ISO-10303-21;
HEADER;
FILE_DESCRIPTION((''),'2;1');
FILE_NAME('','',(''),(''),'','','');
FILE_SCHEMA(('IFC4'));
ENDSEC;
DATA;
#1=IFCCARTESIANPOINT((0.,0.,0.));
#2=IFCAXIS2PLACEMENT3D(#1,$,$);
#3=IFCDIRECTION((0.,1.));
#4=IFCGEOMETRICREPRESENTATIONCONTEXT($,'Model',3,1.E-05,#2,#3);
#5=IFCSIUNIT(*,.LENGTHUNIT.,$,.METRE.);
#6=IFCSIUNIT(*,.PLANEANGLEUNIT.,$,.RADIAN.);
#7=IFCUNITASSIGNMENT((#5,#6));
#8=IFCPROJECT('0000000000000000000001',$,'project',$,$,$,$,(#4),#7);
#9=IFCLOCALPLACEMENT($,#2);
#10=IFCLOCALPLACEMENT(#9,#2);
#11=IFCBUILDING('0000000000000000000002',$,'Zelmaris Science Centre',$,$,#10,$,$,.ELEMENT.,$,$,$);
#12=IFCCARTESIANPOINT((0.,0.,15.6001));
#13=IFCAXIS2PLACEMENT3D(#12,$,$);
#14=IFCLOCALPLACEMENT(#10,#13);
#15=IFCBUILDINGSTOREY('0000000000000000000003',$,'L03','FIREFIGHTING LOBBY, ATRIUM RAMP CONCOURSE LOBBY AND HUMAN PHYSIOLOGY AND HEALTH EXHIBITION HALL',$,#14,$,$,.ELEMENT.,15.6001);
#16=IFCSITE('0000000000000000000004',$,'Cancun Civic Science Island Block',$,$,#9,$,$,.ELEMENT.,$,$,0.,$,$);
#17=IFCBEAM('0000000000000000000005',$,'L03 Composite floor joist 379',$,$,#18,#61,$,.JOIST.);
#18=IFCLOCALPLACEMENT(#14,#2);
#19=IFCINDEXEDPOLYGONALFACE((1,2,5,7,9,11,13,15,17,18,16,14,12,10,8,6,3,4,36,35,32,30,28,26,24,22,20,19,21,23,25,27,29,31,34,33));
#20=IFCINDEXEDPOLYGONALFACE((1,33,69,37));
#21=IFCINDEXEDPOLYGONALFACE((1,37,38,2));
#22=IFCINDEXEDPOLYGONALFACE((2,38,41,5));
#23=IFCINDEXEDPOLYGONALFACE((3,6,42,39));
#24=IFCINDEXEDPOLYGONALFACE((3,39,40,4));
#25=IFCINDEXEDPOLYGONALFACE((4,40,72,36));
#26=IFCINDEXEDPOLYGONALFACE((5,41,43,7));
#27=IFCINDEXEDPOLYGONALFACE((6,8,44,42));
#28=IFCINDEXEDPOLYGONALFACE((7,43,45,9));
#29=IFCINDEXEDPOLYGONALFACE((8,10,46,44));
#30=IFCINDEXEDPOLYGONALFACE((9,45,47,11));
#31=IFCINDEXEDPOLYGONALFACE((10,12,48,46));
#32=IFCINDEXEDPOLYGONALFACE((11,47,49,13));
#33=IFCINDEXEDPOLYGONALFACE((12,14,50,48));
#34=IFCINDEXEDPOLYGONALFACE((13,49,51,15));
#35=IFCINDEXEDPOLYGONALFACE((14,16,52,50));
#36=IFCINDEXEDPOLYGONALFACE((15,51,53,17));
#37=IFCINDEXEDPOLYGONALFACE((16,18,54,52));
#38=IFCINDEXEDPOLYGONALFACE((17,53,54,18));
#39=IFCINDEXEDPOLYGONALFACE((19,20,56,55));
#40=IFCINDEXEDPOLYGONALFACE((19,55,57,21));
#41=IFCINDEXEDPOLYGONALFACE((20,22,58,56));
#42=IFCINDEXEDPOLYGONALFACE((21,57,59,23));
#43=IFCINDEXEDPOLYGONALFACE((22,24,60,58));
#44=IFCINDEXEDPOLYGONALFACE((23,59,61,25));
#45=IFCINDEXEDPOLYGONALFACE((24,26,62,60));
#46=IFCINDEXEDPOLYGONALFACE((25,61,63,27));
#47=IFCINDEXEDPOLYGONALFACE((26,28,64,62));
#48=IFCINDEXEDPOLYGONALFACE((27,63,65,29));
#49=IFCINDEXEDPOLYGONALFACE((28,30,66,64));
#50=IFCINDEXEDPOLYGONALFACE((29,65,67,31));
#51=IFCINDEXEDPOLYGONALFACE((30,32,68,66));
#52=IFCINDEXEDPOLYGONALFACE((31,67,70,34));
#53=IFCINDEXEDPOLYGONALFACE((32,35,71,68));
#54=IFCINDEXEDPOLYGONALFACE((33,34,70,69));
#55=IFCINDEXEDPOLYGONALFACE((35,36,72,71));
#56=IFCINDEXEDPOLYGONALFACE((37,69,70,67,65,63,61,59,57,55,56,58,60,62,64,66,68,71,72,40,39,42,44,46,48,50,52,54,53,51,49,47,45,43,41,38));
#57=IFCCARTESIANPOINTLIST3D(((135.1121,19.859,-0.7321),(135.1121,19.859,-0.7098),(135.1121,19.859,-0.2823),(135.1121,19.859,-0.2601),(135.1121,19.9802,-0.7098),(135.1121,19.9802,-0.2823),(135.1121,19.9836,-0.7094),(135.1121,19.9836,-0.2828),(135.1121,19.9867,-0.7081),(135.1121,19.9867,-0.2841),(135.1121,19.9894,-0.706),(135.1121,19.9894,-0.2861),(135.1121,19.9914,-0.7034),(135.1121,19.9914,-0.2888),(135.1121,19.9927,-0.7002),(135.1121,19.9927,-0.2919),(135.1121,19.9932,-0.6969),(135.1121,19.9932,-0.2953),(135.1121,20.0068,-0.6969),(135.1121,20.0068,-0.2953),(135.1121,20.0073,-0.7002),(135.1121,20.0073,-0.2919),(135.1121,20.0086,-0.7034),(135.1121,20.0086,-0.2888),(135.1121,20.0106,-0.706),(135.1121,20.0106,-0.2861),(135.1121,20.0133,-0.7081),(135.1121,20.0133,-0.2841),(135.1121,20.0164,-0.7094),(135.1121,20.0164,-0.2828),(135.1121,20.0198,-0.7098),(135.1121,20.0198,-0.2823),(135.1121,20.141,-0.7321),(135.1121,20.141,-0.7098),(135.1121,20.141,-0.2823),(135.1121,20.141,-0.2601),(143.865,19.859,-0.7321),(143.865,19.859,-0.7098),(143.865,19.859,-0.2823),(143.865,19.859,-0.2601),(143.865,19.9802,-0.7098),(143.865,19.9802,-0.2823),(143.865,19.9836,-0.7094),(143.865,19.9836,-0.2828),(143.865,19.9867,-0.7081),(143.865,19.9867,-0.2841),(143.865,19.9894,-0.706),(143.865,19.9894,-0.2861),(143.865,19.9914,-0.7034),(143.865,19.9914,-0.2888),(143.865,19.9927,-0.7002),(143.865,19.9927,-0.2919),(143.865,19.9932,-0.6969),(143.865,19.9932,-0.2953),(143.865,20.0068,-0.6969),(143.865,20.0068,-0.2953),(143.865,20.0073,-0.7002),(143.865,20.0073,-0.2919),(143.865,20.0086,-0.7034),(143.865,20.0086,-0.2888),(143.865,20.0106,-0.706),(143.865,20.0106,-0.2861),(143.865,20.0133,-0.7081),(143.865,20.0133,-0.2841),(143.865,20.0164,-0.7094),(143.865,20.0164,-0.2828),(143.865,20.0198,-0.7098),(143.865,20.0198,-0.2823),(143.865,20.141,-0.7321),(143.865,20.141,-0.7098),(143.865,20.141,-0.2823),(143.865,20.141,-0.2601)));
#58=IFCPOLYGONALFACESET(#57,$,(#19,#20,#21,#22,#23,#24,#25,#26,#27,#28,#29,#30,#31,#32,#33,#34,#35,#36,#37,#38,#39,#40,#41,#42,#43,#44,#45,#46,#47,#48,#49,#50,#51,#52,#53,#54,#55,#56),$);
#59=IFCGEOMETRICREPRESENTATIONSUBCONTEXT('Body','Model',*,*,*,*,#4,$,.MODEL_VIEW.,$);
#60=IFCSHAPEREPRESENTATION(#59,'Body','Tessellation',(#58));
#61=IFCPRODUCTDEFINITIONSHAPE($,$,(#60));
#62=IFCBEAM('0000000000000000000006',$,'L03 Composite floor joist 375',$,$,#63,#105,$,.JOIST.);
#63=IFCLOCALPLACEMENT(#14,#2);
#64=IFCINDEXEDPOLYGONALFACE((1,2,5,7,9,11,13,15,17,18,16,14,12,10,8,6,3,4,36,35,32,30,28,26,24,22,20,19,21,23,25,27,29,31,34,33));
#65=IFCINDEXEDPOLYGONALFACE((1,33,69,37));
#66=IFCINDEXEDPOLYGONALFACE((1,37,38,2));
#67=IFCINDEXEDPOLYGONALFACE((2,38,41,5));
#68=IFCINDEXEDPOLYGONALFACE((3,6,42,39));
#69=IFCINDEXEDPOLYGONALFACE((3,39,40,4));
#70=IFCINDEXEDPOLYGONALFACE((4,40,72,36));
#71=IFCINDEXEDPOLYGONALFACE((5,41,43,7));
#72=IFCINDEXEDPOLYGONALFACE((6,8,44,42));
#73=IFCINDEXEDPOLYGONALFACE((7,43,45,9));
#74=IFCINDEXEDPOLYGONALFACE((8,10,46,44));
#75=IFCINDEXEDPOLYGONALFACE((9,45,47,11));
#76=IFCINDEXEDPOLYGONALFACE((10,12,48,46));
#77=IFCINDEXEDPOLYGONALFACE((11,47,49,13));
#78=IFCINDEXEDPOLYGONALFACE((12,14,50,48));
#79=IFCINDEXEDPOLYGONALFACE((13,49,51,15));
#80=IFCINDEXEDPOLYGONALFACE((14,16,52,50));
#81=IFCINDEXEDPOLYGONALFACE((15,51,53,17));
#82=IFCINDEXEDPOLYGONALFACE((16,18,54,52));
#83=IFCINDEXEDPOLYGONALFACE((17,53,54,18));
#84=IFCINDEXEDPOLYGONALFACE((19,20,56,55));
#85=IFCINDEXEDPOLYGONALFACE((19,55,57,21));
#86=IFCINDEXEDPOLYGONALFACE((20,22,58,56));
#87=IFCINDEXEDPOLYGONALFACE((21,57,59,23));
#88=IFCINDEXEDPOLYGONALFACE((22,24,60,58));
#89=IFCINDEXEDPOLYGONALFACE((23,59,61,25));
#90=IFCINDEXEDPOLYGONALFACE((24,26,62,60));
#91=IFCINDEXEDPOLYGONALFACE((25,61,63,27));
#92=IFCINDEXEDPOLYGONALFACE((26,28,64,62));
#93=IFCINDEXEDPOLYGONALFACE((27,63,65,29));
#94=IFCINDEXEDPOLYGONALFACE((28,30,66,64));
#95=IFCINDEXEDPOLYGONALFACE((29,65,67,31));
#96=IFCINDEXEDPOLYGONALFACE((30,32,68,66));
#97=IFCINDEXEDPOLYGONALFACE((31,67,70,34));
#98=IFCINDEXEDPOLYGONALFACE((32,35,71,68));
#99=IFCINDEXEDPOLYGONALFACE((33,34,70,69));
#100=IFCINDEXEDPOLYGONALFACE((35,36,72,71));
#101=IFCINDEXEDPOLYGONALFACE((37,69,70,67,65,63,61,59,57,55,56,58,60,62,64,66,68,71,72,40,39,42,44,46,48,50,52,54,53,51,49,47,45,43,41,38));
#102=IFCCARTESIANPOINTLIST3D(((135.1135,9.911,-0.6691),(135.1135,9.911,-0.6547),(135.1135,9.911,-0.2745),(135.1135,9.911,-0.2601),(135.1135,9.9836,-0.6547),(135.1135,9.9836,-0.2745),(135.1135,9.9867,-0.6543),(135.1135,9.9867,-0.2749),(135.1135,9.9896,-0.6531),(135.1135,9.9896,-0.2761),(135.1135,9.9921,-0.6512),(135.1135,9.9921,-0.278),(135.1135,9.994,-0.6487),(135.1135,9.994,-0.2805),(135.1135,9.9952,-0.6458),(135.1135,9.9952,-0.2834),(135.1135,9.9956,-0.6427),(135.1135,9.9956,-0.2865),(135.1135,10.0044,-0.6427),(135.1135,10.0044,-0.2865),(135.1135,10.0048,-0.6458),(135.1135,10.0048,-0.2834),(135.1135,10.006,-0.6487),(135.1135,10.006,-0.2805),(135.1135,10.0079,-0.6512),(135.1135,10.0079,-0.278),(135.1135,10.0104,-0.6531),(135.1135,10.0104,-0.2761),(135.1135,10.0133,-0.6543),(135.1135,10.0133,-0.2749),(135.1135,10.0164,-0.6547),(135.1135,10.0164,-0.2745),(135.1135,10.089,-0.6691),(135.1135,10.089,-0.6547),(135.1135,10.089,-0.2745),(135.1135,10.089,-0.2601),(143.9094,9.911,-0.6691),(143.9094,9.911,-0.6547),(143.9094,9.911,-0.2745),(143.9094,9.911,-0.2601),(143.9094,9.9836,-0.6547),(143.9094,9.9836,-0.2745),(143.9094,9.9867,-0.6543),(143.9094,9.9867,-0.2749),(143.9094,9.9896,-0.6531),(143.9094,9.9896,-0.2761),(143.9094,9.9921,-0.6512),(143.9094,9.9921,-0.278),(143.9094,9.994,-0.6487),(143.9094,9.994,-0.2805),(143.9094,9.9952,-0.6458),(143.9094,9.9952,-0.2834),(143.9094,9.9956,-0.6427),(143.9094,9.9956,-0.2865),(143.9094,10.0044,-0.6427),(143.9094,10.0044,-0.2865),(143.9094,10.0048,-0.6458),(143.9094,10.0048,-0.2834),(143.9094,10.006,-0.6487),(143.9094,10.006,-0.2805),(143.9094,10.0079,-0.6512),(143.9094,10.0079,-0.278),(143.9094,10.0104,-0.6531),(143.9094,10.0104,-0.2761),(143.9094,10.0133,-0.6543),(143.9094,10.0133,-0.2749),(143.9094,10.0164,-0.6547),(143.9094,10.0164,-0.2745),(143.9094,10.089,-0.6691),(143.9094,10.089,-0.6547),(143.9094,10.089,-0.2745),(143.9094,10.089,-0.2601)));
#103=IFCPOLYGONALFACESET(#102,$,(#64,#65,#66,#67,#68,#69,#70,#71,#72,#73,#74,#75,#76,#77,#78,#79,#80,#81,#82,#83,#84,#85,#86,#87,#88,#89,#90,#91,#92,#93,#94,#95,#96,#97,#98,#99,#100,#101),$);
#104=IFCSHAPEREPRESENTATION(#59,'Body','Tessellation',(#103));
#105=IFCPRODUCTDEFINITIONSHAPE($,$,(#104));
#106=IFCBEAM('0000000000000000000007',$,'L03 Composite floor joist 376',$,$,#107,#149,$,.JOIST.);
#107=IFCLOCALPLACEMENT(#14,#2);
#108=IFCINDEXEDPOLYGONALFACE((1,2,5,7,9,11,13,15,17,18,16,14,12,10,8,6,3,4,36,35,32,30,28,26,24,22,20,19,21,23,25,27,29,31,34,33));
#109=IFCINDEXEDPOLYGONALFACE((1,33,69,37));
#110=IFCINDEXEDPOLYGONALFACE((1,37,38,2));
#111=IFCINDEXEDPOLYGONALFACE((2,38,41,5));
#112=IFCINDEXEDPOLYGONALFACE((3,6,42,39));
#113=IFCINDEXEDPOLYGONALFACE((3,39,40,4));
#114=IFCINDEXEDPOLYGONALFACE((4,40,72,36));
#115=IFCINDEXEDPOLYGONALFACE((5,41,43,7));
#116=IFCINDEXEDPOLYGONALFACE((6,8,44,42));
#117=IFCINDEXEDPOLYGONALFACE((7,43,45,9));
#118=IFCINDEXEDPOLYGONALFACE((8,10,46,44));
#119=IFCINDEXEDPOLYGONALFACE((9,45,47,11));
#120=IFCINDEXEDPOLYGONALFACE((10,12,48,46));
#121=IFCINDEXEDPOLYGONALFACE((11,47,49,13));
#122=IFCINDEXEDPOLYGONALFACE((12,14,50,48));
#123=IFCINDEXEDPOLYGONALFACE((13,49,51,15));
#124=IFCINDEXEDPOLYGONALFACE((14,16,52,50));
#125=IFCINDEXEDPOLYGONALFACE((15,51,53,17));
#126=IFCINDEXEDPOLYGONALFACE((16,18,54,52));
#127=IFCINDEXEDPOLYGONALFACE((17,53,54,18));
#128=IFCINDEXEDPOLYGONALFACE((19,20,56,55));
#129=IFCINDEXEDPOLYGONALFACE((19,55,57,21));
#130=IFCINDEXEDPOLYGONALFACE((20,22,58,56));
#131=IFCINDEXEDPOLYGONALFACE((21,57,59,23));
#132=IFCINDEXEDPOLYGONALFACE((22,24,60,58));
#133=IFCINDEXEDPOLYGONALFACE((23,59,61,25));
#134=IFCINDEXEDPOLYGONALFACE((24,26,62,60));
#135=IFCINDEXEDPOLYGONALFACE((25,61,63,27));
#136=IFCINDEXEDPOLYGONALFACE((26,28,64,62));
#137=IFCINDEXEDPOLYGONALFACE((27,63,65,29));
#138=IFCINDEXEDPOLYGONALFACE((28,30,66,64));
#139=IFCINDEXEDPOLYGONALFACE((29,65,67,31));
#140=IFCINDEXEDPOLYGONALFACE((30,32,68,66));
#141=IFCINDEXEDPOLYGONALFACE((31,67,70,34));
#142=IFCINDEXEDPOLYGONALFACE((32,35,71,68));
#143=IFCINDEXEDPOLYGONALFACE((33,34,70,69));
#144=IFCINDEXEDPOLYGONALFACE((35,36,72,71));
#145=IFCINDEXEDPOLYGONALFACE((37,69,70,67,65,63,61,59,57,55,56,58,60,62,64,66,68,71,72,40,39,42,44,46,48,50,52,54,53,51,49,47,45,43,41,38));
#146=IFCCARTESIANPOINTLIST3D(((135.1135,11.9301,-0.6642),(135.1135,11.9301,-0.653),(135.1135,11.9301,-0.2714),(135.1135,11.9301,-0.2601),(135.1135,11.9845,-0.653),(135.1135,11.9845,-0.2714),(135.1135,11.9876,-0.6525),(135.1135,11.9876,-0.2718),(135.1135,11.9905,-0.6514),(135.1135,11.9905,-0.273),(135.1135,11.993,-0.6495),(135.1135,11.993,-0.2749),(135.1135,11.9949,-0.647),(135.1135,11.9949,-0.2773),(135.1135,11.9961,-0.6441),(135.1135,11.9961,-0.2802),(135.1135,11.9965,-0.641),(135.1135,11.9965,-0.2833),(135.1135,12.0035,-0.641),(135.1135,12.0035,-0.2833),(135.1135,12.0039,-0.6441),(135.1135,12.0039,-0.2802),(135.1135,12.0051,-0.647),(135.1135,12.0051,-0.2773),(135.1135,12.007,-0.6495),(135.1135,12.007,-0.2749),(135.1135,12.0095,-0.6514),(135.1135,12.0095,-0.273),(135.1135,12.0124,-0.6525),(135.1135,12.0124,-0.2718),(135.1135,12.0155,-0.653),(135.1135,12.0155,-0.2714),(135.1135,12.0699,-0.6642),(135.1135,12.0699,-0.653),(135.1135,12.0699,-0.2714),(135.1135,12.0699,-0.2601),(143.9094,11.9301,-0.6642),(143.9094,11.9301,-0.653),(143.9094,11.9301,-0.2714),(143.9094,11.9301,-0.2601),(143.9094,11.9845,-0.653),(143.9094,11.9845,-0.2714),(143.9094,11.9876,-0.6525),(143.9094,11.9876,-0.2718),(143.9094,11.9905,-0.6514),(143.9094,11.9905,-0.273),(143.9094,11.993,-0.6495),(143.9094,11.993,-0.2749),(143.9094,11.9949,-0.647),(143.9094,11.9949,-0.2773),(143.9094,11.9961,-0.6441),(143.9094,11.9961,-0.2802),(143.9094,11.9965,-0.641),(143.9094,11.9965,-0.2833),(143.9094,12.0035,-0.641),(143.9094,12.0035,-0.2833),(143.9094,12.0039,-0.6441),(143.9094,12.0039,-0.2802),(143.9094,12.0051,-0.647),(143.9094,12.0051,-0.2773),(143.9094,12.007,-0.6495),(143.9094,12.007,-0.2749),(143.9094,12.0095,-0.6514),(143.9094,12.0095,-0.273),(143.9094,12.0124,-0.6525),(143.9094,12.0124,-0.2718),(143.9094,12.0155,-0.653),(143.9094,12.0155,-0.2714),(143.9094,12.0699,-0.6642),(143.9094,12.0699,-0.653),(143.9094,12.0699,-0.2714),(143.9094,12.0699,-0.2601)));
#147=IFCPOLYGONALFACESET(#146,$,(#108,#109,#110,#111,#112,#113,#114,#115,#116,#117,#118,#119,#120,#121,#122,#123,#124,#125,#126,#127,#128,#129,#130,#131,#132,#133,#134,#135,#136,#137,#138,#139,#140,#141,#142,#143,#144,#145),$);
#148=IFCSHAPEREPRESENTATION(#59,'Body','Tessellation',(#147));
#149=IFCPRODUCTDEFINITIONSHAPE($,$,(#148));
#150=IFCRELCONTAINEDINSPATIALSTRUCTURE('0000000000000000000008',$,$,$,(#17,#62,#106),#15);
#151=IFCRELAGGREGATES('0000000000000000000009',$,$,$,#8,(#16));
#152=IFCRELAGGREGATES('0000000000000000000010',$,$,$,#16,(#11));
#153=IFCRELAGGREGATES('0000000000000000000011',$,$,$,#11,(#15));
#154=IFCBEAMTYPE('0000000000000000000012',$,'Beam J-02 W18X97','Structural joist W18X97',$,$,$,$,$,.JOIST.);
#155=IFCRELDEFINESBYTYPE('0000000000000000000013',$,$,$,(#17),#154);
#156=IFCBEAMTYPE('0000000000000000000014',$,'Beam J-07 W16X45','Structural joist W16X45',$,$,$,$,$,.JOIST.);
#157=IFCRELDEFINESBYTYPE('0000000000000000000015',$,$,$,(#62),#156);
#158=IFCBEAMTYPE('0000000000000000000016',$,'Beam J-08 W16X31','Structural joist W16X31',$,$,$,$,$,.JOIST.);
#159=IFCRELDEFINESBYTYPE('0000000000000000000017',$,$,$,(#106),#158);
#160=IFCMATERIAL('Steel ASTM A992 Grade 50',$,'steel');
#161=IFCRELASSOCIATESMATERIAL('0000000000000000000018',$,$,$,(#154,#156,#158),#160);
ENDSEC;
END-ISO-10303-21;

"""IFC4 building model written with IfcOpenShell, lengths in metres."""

from ifc_helpers import new_model, si_unit, direction, frame, origin, origin_2d, place, context, subcontext, project, spatial, i_section, extrude, material, material_profile, profile_set, type_object, element, save


model = new_model("IFC4")

# Units and contexts
model_context = context("Model", 3, precision=1e-05, world=origin(), true_north=direction((0.0, 1.0)))
body_context = subcontext(model_context, "Body", "Model", "MODEL_VIEW")
ifc_project = project(units=[si_unit("LENGTHUNIT", "METRE"), si_unit("PLANEANGLEUNIT", "RADIAN")], contexts=[model_context])

# Site, building, storey
site_placement = place(None, origin())
site = spatial("IfcSite", under=ifc_project, at=site_placement, Name="Cancun Civic Science Island Block", CompositionType="ELEMENT", RefElevation=0.0)
building_placement = place(site_placement, origin())
building = spatial("IfcBuilding", under=site, at=building_placement, Name="Zelmaris Science Centre", CompositionType="ELEMENT")
storey_placement = place(building_placement, frame((0.0, 0.0, 15.6001)))
storey = spatial("IfcBuildingStorey", under=building, at=storey_placement, Name="L03", Description="FIREFIGHTING LOBBY, ATRIUM RAMP CONCOURSE LOBBY AND HUMAN PHYSIOLOGY AND HEALTH EXHIBITION HALL", CompositionType="ELEMENT", Elevation=15.6001)

# Shared definitions
ifc_material_1 = material(Name="Steel ASTM A992 Grade 50", Category="steel")

# Beams
ifc_material_profile_1 = material_profile(ifc_material_1, i_section(OverallWidth=0.282, OverallDepth=0.4719, WebThickness=0.0137, FlangeThickness=0.0222, FilletRadius=0.0129, at=origin_2d()), Name="W18X97")
ifc_profile_set_1 = profile_set([ifc_material_profile_1], Name="Steel ASTM A992 Grade 50")
beam_type_1 = type_object("IfcBeamType", Name="Beam J-02 W18X97", Description="Structural joist W18X97", PredefinedType="JOIST", material=ifc_profile_set_1)
beam_1_placement = place(storey_placement, frame((135.1121, 20.0, -0.4961), z_axis=(1.0, 0.0, 0.0), x_axis=(0.0, 1.0, 0.0)))
element("IfcBeam", 1, at=beam_1_placement, inside=storey, type_object=beam_type_1, Name="L03 Composite floor joist 379", PredefinedType="JOIST", context=body_context, shape_type="SweptSolid", body=[
    extrude(i_section(OverallWidth=0.282, OverallDepth=0.4719, WebThickness=0.0137, FlangeThickness=0.0222, FilletRadius=0.0129, at=origin_2d()), origin(), (0.0, 0.0, 1.0), 8.7529),
])
ifc_material_profile_2 = material_profile(ifc_material_1, i_section(OverallWidth=0.178, OverallDepth=0.4089, WebThickness=0.0088, FlangeThickness=0.0144, FilletRadius=0.012, at=origin_2d()), Name="W16X45")
ifc_profile_set_2 = profile_set([ifc_material_profile_2], Name="Steel ASTM A992 Grade 50")
beam_type_2 = type_object("IfcBeamType", Name="Beam J-07 W16X45", Description="Structural joist W16X45", PredefinedType="JOIST", material=ifc_profile_set_2)
beam_2_placement = place(storey_placement, frame((135.1135, 10.0, -0.4646), z_axis=(1.0, 0.0, 0.0), x_axis=(0.0, 1.0, 0.0)))
element("IfcBeam", 2, at=beam_2_placement, inside=storey, type_object=beam_type_2, Name="L03 Composite floor joist 375", PredefinedType="JOIST", context=body_context, shape_type="SweptSolid", body=[
    extrude(i_section(OverallWidth=0.178, OverallDepth=0.4089, WebThickness=0.0088, FlangeThickness=0.0144, FilletRadius=0.012, at=origin_2d()), origin(), (0.0, 0.0, 1.0), 8.7959),
])
ifc_material_profile_3 = material_profile(ifc_material_1, i_section(OverallWidth=0.1399, OverallDepth=0.4041, WebThickness=0.0071, FlangeThickness=0.0112, FilletRadius=0.012, at=origin_2d()), Name="W16X31")
ifc_profile_set_3 = profile_set([ifc_material_profile_3], Name="Steel ASTM A992 Grade 50")
beam_type_3 = type_object("IfcBeamType", Name="Beam J-08 W16X31", Description="Structural joist W16X31", PredefinedType="JOIST", material=ifc_profile_set_3)
beam_3_placement = place(storey_placement, frame((135.1135, 12.0, -0.4622), z_axis=(1.0, 0.0, 0.0), x_axis=(0.0, 1.0, 0.0)))
element("IfcBeam", 3, at=beam_3_placement, inside=storey, type_object=beam_type_3, Name="L03 Composite floor joist 376", PredefinedType="JOIST", context=body_context, shape_type="SweptSolid", body=[
    extrude(i_section(OverallWidth=0.1399, OverallDepth=0.4041, WebThickness=0.0071, FlangeThickness=0.0112, FilletRadius=0.012, at=origin_2d()), origin(), (0.0, 0.0, 1.0), 8.7959),
])

save(model, "model.ifc")
